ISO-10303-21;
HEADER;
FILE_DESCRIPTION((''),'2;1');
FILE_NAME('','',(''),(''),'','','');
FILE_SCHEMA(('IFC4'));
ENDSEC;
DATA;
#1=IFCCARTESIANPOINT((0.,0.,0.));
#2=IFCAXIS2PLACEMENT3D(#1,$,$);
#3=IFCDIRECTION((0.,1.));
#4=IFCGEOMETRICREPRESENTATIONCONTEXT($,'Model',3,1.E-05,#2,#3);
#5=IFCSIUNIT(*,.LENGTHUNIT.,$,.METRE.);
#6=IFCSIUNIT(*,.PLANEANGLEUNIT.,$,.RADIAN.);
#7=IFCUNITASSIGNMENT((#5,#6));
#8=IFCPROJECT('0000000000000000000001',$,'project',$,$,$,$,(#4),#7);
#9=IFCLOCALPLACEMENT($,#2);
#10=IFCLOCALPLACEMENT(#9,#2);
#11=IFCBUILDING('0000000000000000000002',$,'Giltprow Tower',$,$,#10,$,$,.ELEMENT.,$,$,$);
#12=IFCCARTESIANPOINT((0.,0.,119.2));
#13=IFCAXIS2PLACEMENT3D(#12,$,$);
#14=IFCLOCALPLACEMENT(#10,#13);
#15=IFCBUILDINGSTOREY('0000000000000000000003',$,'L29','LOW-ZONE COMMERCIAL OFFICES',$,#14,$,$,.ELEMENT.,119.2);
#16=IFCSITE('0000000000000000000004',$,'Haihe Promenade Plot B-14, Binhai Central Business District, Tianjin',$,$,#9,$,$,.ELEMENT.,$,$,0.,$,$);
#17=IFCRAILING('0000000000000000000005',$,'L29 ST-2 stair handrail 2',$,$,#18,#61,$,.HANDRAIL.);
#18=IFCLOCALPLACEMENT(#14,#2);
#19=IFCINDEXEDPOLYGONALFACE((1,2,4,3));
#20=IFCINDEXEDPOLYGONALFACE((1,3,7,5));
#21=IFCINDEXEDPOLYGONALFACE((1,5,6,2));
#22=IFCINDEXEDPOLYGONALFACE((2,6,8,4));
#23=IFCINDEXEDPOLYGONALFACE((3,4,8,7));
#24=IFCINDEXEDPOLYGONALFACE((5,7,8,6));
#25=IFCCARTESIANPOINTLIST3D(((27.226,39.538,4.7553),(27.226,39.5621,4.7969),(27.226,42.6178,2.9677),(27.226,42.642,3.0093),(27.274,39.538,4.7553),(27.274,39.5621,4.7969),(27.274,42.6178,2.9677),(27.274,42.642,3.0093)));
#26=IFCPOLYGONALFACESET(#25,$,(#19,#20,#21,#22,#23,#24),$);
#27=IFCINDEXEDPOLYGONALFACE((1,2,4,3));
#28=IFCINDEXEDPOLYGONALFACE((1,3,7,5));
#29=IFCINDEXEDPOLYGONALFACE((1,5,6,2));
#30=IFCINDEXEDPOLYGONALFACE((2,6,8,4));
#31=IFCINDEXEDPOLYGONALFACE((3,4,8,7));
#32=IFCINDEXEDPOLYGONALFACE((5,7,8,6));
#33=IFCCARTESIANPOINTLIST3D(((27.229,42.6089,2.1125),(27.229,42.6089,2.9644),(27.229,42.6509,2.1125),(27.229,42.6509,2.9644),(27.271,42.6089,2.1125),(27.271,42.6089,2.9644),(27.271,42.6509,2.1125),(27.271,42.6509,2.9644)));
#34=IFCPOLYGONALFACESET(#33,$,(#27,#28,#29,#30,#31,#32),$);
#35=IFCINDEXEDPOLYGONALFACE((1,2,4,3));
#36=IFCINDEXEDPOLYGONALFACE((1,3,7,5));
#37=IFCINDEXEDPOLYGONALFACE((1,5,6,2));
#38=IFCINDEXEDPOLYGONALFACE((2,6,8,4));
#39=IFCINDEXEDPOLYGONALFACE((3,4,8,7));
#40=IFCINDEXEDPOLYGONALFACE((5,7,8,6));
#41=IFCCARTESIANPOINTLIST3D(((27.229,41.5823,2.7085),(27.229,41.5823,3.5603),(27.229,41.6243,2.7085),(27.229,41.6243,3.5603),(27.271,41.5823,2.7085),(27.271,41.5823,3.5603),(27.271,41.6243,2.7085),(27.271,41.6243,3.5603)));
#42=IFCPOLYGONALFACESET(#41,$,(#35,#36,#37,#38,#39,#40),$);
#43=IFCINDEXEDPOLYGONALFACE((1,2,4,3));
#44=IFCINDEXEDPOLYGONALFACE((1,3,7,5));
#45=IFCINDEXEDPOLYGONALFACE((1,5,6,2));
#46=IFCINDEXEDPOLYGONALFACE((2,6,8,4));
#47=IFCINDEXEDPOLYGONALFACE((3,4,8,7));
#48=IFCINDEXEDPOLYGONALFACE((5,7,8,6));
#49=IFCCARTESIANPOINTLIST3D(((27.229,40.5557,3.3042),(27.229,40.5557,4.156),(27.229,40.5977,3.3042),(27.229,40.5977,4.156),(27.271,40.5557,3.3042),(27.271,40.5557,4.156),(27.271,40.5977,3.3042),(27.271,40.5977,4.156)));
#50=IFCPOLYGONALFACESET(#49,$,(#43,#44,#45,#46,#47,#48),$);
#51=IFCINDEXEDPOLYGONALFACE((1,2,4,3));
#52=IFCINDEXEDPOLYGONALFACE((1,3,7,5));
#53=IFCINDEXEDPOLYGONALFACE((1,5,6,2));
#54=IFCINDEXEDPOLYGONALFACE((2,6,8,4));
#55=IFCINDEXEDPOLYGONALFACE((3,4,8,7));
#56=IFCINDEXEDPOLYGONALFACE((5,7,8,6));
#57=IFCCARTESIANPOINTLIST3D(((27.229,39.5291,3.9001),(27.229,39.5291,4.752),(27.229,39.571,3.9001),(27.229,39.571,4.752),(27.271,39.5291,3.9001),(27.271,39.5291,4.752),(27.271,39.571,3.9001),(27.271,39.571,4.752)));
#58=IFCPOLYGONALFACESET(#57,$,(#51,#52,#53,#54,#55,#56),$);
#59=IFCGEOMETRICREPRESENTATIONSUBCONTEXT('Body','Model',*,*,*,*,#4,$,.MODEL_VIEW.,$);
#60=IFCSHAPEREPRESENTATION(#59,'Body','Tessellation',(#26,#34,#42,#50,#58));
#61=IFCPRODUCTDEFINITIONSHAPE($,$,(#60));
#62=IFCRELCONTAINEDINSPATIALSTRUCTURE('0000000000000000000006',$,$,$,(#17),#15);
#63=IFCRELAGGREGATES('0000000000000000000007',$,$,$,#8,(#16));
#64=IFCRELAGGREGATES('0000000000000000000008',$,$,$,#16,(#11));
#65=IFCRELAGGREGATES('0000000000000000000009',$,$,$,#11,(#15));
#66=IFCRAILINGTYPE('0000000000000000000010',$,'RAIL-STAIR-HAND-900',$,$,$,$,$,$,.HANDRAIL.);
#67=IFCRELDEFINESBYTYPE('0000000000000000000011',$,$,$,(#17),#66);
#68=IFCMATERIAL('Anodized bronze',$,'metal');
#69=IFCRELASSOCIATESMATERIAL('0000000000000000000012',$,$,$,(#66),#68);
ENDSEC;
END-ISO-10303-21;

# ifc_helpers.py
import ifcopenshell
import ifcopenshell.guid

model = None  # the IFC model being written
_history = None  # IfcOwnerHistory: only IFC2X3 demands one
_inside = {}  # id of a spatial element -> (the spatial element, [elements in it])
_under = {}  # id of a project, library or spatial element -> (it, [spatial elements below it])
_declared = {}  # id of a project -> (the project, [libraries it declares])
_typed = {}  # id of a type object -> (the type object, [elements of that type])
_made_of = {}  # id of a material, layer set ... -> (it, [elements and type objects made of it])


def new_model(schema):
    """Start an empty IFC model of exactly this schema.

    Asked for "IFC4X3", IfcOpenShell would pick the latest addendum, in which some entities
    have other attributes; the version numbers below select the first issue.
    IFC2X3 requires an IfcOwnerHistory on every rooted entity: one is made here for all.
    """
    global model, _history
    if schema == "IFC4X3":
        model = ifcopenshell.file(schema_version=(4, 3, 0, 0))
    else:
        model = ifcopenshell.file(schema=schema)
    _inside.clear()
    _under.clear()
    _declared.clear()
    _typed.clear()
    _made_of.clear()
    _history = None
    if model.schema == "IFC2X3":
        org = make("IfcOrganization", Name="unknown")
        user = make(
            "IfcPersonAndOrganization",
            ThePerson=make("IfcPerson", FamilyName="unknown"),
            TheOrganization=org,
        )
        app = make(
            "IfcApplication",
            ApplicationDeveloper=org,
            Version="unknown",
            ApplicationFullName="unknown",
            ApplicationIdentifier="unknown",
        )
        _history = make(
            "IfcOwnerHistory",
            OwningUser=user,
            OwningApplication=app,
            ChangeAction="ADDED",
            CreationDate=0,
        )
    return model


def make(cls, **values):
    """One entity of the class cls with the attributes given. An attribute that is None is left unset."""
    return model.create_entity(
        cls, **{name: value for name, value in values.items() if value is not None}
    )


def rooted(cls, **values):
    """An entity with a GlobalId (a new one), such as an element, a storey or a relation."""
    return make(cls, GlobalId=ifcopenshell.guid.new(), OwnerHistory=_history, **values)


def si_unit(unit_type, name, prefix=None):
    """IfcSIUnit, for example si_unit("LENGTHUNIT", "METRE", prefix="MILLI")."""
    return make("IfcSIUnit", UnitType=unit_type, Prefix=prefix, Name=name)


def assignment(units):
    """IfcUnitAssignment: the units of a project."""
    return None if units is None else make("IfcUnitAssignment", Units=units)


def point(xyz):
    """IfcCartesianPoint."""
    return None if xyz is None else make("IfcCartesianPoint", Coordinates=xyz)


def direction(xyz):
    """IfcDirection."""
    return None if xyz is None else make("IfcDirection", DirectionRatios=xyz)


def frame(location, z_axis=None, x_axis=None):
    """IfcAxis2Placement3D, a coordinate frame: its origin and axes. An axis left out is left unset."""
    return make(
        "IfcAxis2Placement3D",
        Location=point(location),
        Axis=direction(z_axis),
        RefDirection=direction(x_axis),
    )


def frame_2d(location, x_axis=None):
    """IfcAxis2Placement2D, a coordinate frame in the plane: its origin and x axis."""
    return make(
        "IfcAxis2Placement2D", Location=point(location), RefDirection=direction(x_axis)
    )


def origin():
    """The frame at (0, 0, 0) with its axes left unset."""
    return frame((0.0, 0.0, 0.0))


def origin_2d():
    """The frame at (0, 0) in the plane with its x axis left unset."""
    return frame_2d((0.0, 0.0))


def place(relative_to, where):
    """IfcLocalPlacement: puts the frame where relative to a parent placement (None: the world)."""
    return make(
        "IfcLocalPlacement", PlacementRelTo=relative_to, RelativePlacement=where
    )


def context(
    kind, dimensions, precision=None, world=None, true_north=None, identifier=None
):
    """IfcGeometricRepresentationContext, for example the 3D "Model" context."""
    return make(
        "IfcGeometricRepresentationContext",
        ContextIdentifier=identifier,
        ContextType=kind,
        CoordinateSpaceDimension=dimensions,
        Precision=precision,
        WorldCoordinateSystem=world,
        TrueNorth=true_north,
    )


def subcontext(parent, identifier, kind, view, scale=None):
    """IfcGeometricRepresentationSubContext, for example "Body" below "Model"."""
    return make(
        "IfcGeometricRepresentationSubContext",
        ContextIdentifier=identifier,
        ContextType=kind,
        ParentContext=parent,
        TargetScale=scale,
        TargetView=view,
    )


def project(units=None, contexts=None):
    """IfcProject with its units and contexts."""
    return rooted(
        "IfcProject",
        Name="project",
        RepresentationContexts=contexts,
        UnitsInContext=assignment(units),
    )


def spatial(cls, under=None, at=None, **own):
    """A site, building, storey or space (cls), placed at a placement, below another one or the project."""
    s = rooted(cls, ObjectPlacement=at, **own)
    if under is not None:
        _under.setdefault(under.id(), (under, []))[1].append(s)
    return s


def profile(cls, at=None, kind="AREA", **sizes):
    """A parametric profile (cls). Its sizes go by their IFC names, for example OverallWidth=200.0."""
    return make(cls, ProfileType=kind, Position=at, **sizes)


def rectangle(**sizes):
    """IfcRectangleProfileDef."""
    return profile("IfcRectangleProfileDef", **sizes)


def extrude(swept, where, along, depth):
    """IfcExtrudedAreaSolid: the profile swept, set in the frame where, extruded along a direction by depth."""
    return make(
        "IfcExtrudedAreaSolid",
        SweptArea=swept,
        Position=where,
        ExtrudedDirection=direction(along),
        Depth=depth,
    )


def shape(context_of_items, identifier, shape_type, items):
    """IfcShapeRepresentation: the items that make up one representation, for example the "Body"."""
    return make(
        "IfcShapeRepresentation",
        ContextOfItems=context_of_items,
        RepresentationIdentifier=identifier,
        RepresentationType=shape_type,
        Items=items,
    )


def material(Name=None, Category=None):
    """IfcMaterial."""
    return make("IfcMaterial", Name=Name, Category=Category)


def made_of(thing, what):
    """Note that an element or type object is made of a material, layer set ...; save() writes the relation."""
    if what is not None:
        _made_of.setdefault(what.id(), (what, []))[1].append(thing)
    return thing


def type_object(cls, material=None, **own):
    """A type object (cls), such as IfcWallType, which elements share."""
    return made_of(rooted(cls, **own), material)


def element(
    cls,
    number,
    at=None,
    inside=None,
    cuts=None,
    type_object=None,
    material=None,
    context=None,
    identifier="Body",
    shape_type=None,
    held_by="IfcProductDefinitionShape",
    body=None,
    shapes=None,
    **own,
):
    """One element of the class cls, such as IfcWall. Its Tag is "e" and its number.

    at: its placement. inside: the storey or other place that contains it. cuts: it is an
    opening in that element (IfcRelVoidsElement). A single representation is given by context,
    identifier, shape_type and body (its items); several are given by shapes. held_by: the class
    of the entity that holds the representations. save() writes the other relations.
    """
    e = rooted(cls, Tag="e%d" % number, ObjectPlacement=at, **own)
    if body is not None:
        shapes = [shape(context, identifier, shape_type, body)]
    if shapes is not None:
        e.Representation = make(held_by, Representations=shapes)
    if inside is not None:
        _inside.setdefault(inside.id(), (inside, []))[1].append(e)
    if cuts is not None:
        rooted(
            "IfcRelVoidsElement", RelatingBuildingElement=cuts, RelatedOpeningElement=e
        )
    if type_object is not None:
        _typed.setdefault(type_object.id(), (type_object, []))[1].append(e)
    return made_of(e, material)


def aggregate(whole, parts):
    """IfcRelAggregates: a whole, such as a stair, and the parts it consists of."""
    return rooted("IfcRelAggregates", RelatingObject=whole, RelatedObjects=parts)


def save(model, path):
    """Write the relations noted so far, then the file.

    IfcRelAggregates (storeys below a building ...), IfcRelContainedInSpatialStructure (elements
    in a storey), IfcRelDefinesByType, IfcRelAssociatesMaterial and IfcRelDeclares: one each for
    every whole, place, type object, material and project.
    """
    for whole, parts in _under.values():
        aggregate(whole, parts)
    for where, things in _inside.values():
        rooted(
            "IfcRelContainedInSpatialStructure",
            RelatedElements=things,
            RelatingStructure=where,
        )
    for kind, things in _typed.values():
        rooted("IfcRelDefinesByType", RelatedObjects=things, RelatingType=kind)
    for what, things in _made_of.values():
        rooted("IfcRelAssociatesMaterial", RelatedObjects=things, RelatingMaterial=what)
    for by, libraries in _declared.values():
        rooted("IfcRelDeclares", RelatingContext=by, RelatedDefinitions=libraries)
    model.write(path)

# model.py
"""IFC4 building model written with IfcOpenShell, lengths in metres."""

from ifc_helpers import new_model, si_unit, direction, frame, origin, origin_2d, place, context, subcontext, project, spatial, rectangle, extrude, material, type_object, element, save


model = new_model("IFC4")

# Units and contexts
model_context = context("Model", 3, precision=1e-05, world=origin(), true_north=direction((0.0, 1.0)))
body_context = subcontext(model_context, "Body", "Model", "MODEL_VIEW")
ifc_project = project(units=[si_unit("LENGTHUNIT", "METRE"), si_unit("PLANEANGLEUNIT", "RADIAN")], contexts=[model_context])

# Site, building, storey
site_placement = place(None, origin())
site = spatial("IfcSite", under=ifc_project, at=site_placement, Name="Haihe Promenade Plot B-14, Binhai Central Business District, Tianjin", CompositionType="ELEMENT", RefElevation=0.0)
building_placement = place(site_placement, origin())
building = spatial("IfcBuilding", under=site, at=building_placement, Name="Giltprow Tower", CompositionType="ELEMENT")
storey_placement = place(building_placement, frame((0.0, 0.0, 119.2)))
storey = spatial("IfcBuildingStorey", under=building, at=storey_placement, Name="L29", Description="LOW-ZONE COMMERCIAL OFFICES", CompositionType="ELEMENT", Elevation=119.2)

# Railing
ifc_material_1 = material(Name="Anodized bronze", Category="metal")
railing_type_1 = type_object("IfcRailingType", Name="RAIL-STAIR-HAND-900", PredefinedType="HANDRAIL", material=ifc_material_1)
railing_1_placement = place(storey_placement, frame((27.25, 42.6299, 2.1125)))
element("IfcRailing", 1, at=railing_1_placement, inside=storey, type_object=railing_type_1, Name="L29 ST-2 stair handrail 2", PredefinedType="HANDRAIL", context=body_context, shape_type="SweptSolid", body=[
    extrude(rectangle(XDim=0.0481, YDim=0.0481, at=origin_2d()), frame((0.0, 0.0, 0.876), z_axis=(0.0, -0.864873, 0.50199), x_axis=(1.0, 0.0, 0.0)), (0.0, 0.0, 1.0), 3.561),
    extrude(rectangle(XDim=0.042, YDim=0.042, at=origin_2d()), origin(), (0.0, 0.0, 1.0), 0.8518),
    extrude(rectangle(XDim=0.042, YDim=0.042, at=origin_2d()), frame((0.0, -1.0266, 0.5959)), (0.0, 0.0, 1.0), 0.8518),
    extrude(rectangle(XDim=0.042, YDim=0.042, at=origin_2d()), frame((0.0, -2.0532, 1.1917)), (0.0, 0.0, 1.0), 0.8518),
    extrude(rectangle(XDim=0.042, YDim=0.042, at=origin_2d()), frame((0.0, -3.0798, 1.7876)), (0.0, 0.0, 1.0), 0.8518),
])

save(model, "model.ifc")
